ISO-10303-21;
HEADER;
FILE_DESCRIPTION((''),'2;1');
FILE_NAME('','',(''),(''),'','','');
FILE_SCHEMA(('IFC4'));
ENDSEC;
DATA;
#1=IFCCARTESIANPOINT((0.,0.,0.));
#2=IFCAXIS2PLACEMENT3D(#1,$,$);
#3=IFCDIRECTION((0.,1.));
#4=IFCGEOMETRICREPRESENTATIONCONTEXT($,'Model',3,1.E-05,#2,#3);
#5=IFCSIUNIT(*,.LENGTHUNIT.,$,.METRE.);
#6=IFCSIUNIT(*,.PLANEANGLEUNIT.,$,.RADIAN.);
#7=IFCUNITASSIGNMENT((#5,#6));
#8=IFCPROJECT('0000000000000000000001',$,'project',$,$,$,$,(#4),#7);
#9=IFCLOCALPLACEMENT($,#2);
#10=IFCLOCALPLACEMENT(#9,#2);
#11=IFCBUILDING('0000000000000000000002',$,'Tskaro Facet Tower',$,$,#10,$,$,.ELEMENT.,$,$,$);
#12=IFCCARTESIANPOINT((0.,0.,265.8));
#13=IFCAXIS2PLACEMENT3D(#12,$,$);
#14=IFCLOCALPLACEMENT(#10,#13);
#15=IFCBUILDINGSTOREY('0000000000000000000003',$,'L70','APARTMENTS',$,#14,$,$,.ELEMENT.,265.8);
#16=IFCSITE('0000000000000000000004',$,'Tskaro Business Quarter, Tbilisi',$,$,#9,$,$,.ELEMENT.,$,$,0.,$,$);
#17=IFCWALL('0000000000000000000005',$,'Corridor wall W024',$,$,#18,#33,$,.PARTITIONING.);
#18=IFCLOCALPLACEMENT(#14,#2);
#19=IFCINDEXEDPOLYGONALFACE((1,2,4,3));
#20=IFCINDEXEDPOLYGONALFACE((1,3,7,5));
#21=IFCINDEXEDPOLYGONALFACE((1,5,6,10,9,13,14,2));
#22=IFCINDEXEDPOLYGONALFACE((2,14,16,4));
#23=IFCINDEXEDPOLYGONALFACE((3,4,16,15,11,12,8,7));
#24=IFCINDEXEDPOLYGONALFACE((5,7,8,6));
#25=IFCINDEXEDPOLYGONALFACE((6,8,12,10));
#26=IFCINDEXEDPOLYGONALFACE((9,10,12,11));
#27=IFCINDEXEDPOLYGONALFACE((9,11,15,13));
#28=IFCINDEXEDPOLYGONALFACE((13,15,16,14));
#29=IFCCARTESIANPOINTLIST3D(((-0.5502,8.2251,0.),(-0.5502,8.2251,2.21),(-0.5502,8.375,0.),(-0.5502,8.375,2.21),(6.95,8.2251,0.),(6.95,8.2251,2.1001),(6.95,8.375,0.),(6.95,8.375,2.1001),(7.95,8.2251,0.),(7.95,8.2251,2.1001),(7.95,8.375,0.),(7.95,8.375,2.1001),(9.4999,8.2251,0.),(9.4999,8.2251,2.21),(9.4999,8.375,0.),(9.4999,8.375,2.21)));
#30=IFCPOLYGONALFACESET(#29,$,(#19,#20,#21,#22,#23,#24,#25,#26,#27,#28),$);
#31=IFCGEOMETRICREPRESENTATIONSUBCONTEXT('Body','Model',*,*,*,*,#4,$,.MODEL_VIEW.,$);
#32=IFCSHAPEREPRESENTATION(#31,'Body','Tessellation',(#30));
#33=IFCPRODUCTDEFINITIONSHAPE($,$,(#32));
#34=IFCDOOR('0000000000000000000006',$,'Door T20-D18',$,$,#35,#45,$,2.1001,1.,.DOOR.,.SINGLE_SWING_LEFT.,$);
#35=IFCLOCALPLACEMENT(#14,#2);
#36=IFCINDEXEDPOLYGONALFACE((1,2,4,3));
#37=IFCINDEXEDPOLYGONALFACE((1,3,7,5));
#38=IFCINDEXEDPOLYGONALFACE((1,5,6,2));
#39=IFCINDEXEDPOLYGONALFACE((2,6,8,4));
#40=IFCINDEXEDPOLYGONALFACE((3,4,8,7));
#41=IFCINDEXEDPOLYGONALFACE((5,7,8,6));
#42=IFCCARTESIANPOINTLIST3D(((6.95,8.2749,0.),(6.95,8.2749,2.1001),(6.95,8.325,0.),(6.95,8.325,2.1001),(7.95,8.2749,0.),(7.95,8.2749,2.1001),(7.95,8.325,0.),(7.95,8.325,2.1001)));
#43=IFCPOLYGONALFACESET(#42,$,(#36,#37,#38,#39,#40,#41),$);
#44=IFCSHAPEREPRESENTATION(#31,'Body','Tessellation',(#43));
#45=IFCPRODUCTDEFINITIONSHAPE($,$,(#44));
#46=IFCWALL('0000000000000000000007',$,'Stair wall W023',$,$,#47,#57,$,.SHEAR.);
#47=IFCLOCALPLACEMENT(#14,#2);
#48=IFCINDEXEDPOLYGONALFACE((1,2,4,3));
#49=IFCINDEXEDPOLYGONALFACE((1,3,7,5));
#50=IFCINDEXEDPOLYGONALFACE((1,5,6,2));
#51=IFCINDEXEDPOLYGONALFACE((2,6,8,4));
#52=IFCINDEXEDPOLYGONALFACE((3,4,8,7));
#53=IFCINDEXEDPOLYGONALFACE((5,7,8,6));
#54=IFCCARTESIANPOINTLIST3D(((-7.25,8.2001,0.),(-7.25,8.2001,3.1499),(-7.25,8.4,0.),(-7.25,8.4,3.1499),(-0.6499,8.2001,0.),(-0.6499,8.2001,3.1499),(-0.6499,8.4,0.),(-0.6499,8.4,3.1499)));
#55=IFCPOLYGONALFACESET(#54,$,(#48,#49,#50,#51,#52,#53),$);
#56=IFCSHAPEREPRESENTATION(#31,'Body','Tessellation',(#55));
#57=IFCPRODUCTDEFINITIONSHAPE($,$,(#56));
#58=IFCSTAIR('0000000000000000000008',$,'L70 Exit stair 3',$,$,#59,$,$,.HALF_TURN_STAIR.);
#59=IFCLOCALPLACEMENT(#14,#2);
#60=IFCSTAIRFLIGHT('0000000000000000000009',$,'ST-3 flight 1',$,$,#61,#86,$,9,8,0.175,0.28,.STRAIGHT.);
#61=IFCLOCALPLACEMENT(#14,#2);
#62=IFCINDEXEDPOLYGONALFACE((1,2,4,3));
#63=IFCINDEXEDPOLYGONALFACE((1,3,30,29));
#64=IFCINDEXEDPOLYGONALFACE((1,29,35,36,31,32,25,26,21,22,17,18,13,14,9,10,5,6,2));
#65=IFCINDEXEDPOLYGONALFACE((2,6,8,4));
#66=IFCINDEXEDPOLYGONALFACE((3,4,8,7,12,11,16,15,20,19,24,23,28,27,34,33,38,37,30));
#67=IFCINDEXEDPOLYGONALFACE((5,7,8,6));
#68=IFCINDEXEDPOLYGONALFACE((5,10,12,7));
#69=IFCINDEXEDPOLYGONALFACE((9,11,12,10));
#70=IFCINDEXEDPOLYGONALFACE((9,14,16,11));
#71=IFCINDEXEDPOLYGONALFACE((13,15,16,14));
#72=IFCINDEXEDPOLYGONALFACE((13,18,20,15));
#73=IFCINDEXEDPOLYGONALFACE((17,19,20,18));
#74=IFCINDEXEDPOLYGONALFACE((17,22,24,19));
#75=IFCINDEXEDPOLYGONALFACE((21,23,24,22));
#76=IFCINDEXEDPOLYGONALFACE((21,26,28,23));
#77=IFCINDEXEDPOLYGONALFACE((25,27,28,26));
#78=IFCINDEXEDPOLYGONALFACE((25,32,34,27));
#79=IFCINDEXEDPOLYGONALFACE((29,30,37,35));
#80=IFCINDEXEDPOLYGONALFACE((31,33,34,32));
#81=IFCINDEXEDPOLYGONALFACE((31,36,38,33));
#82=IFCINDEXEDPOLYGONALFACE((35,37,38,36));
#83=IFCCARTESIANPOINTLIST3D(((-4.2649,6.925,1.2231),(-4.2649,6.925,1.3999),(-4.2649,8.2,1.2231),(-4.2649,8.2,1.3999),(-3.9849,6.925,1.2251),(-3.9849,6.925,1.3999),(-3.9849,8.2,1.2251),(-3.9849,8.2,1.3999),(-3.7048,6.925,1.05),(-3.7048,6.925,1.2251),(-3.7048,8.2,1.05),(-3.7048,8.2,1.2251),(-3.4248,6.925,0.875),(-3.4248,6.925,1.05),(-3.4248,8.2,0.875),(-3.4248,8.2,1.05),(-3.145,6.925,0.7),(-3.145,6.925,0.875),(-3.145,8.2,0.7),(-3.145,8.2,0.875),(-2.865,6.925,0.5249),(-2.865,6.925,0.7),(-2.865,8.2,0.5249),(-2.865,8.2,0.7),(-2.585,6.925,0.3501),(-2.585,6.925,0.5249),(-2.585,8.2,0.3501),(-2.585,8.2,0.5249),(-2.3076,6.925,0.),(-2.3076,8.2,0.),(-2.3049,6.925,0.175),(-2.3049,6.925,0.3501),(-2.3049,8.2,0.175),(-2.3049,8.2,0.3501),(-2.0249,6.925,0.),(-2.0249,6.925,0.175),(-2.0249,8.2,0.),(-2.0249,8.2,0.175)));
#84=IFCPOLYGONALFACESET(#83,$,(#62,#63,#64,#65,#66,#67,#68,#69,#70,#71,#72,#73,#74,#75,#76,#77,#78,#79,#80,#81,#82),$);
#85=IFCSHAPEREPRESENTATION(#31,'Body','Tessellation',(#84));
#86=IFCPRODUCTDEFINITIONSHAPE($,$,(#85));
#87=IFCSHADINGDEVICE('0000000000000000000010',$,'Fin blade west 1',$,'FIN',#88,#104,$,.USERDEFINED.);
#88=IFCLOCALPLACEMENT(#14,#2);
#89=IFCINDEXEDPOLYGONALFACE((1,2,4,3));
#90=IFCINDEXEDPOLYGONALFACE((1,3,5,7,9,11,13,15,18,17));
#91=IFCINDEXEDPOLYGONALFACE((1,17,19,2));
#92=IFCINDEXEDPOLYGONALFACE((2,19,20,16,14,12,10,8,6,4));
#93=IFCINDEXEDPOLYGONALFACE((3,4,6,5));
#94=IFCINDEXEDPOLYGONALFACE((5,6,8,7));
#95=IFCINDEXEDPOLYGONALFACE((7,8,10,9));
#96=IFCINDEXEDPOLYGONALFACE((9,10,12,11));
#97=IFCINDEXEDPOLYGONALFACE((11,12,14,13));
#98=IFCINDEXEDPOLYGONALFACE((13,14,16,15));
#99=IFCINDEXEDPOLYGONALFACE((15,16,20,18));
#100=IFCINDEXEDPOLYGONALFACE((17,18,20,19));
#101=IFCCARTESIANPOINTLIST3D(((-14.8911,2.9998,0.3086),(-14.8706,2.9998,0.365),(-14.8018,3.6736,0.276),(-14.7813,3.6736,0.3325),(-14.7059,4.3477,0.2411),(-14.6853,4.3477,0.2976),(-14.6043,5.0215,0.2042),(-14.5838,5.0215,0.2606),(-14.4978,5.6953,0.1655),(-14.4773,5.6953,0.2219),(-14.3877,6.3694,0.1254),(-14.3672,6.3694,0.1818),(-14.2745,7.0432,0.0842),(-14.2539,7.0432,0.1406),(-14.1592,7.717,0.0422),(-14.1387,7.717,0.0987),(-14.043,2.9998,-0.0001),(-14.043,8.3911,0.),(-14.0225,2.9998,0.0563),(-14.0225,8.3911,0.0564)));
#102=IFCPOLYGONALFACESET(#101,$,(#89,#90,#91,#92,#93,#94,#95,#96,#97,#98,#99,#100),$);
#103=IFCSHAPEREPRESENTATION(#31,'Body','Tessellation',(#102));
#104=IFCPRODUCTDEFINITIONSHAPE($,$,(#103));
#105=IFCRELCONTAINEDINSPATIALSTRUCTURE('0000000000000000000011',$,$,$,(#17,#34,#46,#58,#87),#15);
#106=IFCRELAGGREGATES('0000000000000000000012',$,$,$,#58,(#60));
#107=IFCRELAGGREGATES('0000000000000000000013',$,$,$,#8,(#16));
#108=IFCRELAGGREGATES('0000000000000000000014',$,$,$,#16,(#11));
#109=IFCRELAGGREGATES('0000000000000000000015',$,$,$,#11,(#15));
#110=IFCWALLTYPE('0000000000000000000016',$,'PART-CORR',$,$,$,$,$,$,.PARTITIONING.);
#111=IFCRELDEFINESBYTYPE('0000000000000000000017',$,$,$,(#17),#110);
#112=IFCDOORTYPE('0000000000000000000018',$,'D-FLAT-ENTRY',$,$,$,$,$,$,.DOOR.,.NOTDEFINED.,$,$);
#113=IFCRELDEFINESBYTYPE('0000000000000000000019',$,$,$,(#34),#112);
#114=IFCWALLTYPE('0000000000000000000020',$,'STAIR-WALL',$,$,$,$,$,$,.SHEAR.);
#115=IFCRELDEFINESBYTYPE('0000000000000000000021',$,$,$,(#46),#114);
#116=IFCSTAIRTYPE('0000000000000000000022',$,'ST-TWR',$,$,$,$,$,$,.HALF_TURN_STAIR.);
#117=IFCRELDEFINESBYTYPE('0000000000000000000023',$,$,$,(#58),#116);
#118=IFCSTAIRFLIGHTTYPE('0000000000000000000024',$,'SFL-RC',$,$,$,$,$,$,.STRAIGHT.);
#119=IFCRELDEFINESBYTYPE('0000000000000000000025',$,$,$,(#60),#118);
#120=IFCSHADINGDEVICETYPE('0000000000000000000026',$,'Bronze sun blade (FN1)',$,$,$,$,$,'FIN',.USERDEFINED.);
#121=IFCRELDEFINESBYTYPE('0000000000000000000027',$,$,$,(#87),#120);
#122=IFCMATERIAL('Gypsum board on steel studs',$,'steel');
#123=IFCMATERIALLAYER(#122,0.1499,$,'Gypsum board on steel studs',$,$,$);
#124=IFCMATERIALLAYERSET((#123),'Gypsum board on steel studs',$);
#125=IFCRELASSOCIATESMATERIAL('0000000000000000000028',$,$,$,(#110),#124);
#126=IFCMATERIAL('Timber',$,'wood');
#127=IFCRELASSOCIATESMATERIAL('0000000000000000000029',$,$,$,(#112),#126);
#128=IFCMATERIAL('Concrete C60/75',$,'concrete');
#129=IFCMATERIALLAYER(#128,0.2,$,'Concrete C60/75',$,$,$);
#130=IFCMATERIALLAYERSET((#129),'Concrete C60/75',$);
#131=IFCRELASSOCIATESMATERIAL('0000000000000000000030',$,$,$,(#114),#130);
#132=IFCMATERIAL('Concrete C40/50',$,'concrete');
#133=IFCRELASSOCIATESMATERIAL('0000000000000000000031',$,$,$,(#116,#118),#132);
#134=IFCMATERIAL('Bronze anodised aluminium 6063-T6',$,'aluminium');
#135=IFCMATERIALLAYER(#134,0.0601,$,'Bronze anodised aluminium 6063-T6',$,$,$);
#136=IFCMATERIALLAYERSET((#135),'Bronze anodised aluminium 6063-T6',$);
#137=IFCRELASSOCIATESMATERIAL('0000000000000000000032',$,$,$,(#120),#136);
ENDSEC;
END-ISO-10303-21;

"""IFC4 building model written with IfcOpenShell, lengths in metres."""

from ifc_helpers import new_model, si_unit, direction, frame, frame_2d, origin, place, context, subcontext, project, spatial, polyline, rectangle, outline, extrude, material, layer, layer_set, type_object, element, fill, aggregate, save


model = new_model("IFC4")

# Units and contexts
model_context = context("Model", 3, precision=1e-05, world=origin(), true_north=direction((0.0, 1.0)))
body_context = subcontext(model_context, "Body", "Model", "MODEL_VIEW")
ifc_project = project(units=[si_unit("LENGTHUNIT", "METRE"), si_unit("PLANEANGLEUNIT", "RADIAN")], contexts=[model_context])

# Site, building, storey
site_placement = place(None, origin())
site = spatial("IfcSite", under=ifc_project, at=site_placement, Name="Tskaro Business Quarter, Tbilisi", CompositionType="ELEMENT", RefElevation=0.0)
building_placement = place(site_placement, origin())
building = spatial("IfcBuilding", under=site, at=building_placement, Name="Tskaro Facet Tower", CompositionType="ELEMENT")
storey_placement = place(building_placement, frame((0.0, 0.0, 265.8)))
storey = spatial("IfcBuildingStorey", under=building, at=storey_placement, Name="L70", Description="APARTMENTS", CompositionType="ELEMENT", Elevation=265.8)

# Shared definitions
ifc_material_1 = material(Name="Bronze anodised aluminium 6063-T6", Category="aluminium")

# Shared definitions
ifc_material_2 = material(Name="Gypsum board on steel studs", Category="steel")
ifc_material_3 = material(Name="Timber", Category="wood")

# Wall, opening, door
ifc_layer_1 = layer(ifc_material_2, 0.1499, Name="Gypsum board on steel studs")
ifc_layer_set_1 = layer_set([ifc_layer_1], Name="Gypsum board on steel studs")
wall_type_1 = type_object("IfcWallType", Name="PART-CORR", PredefinedType="PARTITIONING", material=ifc_layer_set_1)
door_type_1 = type_object("IfcDoorType", Name="D-FLAT-ENTRY", OperationType="NOTDEFINED", PredefinedType="DOOR", material=ifc_material_3)
wall_1_placement = place(storey_placement, frame((-0.55, 8.3, 0.0), z_axis=(0.0, 0.0, 1.0), x_axis=(1.0, 0.0, 0.0)))
wall_1 = element("IfcWall", 1, at=wall_1_placement, inside=storey, type_object=wall_type_1, Name="Corridor wall W024", PredefinedType="PARTITIONING", context=body_context, shape_type="SweptSolid", body=[
    extrude(rectangle(XDim=10.05, YDim=0.1499, at=frame_2d((5.0249, 0.0))), origin(), (0.0, 0.0, 1.0), 2.21),
])
opening_1_placement = place(wall_1_placement, frame((7.5, 0.0, 0.0)))
opening_1 = element("IfcOpeningElement", 2, at=opening_1_placement, cuts=wall_1, PredefinedType="OPENING", context=body_context, shape_type="SweptSolid", body=[
    extrude(rectangle(XDim=1.0, YDim=2.1001, at=frame_2d((0.5, 1.05))), frame((0.0, 0.085, 0.0), z_axis=(0.0, -1.0, 0.0), x_axis=(1.0, 0.0, 0.0)), (0.0, 0.0, 1.0), 0.1699),
])
door_1_placement = place(opening_1_placement, origin())
door_1 = element("IfcDoor", 3, at=door_1_placement, inside=storey, type_object=door_type_1, Name="Door T20-D18", OperationType="SINGLE_SWING_LEFT", OverallHeight=2.1001, OverallWidth=1.0, PredefinedType="DOOR", context=body_context, shape_type="SweptSolid", body=[
    extrude(rectangle(XDim=1.0, YDim=2.1001, at=frame_2d((0.5, 1.05))), frame((0.0, 0.0249, 0.0), z_axis=(0.0, -1.0, 0.0), x_axis=(1.0, 0.0, 0.0)), (0.0, 0.0, 1.0), 0.05),
])
fill(opening_1, door_1)

# Wall
ifc_material_4 = material(Name="Concrete C60/75", Category="concrete")
ifc_layer_2 = layer(ifc_material_4, 0.2, Name="Concrete C60/75")
ifc_layer_set_2 = layer_set([ifc_layer_2], Name="Concrete C60/75")
wall_type_2 = type_object("IfcWallType", Name="STAIR-WALL", PredefinedType="SHEAR", material=ifc_layer_set_2)
wall_2_placement = place(storey_placement, frame((-7.25, 8.3, 0.0), z_axis=(0.0, 0.0, 1.0), x_axis=(1.0, 0.0, 0.0)))
element("IfcWall", 4, at=wall_2_placement, inside=storey, type_object=wall_type_2, Name="Stair wall W023", PredefinedType="SHEAR", context=body_context, shape_type="SweptSolid", body=[
    extrude(rectangle(XDim=6.6001, YDim=0.2, at=frame_2d((3.3, 0.0))), origin(), (0.0, 0.0, 1.0), 3.1499),
])

# Stair, stair flight
ifc_material_5 = material(Name="Concrete C40/50", Category="concrete")
stair_type = type_object("IfcStairType", Name="ST-TWR", PredefinedType="HALF_TURN_STAIR", material=ifc_material_5)
stair_placement = place(storey_placement, origin())
stair = element("IfcStair", 5, at=stair_placement, inside=storey, type_object=stair_type, Name="L70 Exit stair 3", PredefinedType="HALF_TURN_STAIR")
stair_flight_type = type_object("IfcStairFlightType", Name="SFL-RC", PredefinedType="STRAIGHT", material=ifc_material_5)
stair_flight_placement = place(storey_placement, frame((-2.0249, 7.5625, 0.0), z_axis=(0.0, 0.0, 1.0), x_axis=(-1.0, 0.0, 0.0)))
stair_flight = element("IfcStairFlight", 6, at=stair_flight_placement, type_object=stair_flight_type, Name="ST-3 flight 1", NumberOfRisers=9, NumberOfTreads=8, PredefinedType="STRAIGHT", RiserHeight=0.175, TreadLength=0.28, context=body_context, shape_type="SweptSolid", body=[
    extrude(outline(polyline([(0.0, 0.0), (0.0, 0.175), (0.28, 0.175), (0.28, 0.3501), (0.5601, 0.3501), (0.5601, 0.5249), (0.8401, 0.5249), (0.8401, 0.7), (1.1201, 0.7), (1.1201, 0.875), (1.3999, 0.875), (1.3999, 1.05), (1.6799, 1.05), (1.6799, 1.2251), (1.96, 1.2251), (1.96, 1.3999), (2.24, 1.3999), (2.24, 1.575), (2.24, 1.2231), (0.2827, 0.0), (0.0, 0.0)])), frame((0.0, 0.6375, 0.0), z_axis=(0.0, -1.0, 0.0), x_axis=(1.0, 0.0, 0.0)), (0.0, 0.0, 1.0), 1.2749),
])
aggregate(stair, [stair_flight])

# Shading device
ifc_layer_3 = layer(ifc_material_1, 0.0601, Name="Bronze anodised aluminium 6063-T6")
ifc_layer_set_3 = layer_set([ifc_layer_3], Name="Bronze anodised aluminium 6063-T6")
shading_device_type = type_object("IfcShadingDeviceType", Name="Bronze sun blade (FN1)", ElementType="FIN", PredefinedType="USERDEFINED", material=ifc_layer_set_3)
shading_device_placement = place(storey_placement, frame((-14.0225, 8.3911, 0.0564), z_axis=(0.341981, -0.000011, 0.939707), x_axis=(-0.000004, -1.0, -0.00001)))
element("IfcShadingDevice", 7, at=shading_device_placement, inside=storey, type_object=shading_device_type, Name="Fin blade west 1", ObjectType="FIN", PredefinedType="USERDEFINED", context=body_context, shape_type="SweptSolid", body=[
    extrude(outline(polyline([(0.0, 0.0), (5.3914, 0.0), (5.3914, -0.9025), (4.7175, -0.8075), (4.0435, -0.7054), (3.3696, -0.5973), (2.6958, -0.484), (2.0217, -0.3669), (1.3479, -0.2463), (0.6741, -0.1236), (0.0, 0.0)])), origin(), (0.0, 0.0, -1.0), 0.0601),
])

save(model, "model.ifc")
